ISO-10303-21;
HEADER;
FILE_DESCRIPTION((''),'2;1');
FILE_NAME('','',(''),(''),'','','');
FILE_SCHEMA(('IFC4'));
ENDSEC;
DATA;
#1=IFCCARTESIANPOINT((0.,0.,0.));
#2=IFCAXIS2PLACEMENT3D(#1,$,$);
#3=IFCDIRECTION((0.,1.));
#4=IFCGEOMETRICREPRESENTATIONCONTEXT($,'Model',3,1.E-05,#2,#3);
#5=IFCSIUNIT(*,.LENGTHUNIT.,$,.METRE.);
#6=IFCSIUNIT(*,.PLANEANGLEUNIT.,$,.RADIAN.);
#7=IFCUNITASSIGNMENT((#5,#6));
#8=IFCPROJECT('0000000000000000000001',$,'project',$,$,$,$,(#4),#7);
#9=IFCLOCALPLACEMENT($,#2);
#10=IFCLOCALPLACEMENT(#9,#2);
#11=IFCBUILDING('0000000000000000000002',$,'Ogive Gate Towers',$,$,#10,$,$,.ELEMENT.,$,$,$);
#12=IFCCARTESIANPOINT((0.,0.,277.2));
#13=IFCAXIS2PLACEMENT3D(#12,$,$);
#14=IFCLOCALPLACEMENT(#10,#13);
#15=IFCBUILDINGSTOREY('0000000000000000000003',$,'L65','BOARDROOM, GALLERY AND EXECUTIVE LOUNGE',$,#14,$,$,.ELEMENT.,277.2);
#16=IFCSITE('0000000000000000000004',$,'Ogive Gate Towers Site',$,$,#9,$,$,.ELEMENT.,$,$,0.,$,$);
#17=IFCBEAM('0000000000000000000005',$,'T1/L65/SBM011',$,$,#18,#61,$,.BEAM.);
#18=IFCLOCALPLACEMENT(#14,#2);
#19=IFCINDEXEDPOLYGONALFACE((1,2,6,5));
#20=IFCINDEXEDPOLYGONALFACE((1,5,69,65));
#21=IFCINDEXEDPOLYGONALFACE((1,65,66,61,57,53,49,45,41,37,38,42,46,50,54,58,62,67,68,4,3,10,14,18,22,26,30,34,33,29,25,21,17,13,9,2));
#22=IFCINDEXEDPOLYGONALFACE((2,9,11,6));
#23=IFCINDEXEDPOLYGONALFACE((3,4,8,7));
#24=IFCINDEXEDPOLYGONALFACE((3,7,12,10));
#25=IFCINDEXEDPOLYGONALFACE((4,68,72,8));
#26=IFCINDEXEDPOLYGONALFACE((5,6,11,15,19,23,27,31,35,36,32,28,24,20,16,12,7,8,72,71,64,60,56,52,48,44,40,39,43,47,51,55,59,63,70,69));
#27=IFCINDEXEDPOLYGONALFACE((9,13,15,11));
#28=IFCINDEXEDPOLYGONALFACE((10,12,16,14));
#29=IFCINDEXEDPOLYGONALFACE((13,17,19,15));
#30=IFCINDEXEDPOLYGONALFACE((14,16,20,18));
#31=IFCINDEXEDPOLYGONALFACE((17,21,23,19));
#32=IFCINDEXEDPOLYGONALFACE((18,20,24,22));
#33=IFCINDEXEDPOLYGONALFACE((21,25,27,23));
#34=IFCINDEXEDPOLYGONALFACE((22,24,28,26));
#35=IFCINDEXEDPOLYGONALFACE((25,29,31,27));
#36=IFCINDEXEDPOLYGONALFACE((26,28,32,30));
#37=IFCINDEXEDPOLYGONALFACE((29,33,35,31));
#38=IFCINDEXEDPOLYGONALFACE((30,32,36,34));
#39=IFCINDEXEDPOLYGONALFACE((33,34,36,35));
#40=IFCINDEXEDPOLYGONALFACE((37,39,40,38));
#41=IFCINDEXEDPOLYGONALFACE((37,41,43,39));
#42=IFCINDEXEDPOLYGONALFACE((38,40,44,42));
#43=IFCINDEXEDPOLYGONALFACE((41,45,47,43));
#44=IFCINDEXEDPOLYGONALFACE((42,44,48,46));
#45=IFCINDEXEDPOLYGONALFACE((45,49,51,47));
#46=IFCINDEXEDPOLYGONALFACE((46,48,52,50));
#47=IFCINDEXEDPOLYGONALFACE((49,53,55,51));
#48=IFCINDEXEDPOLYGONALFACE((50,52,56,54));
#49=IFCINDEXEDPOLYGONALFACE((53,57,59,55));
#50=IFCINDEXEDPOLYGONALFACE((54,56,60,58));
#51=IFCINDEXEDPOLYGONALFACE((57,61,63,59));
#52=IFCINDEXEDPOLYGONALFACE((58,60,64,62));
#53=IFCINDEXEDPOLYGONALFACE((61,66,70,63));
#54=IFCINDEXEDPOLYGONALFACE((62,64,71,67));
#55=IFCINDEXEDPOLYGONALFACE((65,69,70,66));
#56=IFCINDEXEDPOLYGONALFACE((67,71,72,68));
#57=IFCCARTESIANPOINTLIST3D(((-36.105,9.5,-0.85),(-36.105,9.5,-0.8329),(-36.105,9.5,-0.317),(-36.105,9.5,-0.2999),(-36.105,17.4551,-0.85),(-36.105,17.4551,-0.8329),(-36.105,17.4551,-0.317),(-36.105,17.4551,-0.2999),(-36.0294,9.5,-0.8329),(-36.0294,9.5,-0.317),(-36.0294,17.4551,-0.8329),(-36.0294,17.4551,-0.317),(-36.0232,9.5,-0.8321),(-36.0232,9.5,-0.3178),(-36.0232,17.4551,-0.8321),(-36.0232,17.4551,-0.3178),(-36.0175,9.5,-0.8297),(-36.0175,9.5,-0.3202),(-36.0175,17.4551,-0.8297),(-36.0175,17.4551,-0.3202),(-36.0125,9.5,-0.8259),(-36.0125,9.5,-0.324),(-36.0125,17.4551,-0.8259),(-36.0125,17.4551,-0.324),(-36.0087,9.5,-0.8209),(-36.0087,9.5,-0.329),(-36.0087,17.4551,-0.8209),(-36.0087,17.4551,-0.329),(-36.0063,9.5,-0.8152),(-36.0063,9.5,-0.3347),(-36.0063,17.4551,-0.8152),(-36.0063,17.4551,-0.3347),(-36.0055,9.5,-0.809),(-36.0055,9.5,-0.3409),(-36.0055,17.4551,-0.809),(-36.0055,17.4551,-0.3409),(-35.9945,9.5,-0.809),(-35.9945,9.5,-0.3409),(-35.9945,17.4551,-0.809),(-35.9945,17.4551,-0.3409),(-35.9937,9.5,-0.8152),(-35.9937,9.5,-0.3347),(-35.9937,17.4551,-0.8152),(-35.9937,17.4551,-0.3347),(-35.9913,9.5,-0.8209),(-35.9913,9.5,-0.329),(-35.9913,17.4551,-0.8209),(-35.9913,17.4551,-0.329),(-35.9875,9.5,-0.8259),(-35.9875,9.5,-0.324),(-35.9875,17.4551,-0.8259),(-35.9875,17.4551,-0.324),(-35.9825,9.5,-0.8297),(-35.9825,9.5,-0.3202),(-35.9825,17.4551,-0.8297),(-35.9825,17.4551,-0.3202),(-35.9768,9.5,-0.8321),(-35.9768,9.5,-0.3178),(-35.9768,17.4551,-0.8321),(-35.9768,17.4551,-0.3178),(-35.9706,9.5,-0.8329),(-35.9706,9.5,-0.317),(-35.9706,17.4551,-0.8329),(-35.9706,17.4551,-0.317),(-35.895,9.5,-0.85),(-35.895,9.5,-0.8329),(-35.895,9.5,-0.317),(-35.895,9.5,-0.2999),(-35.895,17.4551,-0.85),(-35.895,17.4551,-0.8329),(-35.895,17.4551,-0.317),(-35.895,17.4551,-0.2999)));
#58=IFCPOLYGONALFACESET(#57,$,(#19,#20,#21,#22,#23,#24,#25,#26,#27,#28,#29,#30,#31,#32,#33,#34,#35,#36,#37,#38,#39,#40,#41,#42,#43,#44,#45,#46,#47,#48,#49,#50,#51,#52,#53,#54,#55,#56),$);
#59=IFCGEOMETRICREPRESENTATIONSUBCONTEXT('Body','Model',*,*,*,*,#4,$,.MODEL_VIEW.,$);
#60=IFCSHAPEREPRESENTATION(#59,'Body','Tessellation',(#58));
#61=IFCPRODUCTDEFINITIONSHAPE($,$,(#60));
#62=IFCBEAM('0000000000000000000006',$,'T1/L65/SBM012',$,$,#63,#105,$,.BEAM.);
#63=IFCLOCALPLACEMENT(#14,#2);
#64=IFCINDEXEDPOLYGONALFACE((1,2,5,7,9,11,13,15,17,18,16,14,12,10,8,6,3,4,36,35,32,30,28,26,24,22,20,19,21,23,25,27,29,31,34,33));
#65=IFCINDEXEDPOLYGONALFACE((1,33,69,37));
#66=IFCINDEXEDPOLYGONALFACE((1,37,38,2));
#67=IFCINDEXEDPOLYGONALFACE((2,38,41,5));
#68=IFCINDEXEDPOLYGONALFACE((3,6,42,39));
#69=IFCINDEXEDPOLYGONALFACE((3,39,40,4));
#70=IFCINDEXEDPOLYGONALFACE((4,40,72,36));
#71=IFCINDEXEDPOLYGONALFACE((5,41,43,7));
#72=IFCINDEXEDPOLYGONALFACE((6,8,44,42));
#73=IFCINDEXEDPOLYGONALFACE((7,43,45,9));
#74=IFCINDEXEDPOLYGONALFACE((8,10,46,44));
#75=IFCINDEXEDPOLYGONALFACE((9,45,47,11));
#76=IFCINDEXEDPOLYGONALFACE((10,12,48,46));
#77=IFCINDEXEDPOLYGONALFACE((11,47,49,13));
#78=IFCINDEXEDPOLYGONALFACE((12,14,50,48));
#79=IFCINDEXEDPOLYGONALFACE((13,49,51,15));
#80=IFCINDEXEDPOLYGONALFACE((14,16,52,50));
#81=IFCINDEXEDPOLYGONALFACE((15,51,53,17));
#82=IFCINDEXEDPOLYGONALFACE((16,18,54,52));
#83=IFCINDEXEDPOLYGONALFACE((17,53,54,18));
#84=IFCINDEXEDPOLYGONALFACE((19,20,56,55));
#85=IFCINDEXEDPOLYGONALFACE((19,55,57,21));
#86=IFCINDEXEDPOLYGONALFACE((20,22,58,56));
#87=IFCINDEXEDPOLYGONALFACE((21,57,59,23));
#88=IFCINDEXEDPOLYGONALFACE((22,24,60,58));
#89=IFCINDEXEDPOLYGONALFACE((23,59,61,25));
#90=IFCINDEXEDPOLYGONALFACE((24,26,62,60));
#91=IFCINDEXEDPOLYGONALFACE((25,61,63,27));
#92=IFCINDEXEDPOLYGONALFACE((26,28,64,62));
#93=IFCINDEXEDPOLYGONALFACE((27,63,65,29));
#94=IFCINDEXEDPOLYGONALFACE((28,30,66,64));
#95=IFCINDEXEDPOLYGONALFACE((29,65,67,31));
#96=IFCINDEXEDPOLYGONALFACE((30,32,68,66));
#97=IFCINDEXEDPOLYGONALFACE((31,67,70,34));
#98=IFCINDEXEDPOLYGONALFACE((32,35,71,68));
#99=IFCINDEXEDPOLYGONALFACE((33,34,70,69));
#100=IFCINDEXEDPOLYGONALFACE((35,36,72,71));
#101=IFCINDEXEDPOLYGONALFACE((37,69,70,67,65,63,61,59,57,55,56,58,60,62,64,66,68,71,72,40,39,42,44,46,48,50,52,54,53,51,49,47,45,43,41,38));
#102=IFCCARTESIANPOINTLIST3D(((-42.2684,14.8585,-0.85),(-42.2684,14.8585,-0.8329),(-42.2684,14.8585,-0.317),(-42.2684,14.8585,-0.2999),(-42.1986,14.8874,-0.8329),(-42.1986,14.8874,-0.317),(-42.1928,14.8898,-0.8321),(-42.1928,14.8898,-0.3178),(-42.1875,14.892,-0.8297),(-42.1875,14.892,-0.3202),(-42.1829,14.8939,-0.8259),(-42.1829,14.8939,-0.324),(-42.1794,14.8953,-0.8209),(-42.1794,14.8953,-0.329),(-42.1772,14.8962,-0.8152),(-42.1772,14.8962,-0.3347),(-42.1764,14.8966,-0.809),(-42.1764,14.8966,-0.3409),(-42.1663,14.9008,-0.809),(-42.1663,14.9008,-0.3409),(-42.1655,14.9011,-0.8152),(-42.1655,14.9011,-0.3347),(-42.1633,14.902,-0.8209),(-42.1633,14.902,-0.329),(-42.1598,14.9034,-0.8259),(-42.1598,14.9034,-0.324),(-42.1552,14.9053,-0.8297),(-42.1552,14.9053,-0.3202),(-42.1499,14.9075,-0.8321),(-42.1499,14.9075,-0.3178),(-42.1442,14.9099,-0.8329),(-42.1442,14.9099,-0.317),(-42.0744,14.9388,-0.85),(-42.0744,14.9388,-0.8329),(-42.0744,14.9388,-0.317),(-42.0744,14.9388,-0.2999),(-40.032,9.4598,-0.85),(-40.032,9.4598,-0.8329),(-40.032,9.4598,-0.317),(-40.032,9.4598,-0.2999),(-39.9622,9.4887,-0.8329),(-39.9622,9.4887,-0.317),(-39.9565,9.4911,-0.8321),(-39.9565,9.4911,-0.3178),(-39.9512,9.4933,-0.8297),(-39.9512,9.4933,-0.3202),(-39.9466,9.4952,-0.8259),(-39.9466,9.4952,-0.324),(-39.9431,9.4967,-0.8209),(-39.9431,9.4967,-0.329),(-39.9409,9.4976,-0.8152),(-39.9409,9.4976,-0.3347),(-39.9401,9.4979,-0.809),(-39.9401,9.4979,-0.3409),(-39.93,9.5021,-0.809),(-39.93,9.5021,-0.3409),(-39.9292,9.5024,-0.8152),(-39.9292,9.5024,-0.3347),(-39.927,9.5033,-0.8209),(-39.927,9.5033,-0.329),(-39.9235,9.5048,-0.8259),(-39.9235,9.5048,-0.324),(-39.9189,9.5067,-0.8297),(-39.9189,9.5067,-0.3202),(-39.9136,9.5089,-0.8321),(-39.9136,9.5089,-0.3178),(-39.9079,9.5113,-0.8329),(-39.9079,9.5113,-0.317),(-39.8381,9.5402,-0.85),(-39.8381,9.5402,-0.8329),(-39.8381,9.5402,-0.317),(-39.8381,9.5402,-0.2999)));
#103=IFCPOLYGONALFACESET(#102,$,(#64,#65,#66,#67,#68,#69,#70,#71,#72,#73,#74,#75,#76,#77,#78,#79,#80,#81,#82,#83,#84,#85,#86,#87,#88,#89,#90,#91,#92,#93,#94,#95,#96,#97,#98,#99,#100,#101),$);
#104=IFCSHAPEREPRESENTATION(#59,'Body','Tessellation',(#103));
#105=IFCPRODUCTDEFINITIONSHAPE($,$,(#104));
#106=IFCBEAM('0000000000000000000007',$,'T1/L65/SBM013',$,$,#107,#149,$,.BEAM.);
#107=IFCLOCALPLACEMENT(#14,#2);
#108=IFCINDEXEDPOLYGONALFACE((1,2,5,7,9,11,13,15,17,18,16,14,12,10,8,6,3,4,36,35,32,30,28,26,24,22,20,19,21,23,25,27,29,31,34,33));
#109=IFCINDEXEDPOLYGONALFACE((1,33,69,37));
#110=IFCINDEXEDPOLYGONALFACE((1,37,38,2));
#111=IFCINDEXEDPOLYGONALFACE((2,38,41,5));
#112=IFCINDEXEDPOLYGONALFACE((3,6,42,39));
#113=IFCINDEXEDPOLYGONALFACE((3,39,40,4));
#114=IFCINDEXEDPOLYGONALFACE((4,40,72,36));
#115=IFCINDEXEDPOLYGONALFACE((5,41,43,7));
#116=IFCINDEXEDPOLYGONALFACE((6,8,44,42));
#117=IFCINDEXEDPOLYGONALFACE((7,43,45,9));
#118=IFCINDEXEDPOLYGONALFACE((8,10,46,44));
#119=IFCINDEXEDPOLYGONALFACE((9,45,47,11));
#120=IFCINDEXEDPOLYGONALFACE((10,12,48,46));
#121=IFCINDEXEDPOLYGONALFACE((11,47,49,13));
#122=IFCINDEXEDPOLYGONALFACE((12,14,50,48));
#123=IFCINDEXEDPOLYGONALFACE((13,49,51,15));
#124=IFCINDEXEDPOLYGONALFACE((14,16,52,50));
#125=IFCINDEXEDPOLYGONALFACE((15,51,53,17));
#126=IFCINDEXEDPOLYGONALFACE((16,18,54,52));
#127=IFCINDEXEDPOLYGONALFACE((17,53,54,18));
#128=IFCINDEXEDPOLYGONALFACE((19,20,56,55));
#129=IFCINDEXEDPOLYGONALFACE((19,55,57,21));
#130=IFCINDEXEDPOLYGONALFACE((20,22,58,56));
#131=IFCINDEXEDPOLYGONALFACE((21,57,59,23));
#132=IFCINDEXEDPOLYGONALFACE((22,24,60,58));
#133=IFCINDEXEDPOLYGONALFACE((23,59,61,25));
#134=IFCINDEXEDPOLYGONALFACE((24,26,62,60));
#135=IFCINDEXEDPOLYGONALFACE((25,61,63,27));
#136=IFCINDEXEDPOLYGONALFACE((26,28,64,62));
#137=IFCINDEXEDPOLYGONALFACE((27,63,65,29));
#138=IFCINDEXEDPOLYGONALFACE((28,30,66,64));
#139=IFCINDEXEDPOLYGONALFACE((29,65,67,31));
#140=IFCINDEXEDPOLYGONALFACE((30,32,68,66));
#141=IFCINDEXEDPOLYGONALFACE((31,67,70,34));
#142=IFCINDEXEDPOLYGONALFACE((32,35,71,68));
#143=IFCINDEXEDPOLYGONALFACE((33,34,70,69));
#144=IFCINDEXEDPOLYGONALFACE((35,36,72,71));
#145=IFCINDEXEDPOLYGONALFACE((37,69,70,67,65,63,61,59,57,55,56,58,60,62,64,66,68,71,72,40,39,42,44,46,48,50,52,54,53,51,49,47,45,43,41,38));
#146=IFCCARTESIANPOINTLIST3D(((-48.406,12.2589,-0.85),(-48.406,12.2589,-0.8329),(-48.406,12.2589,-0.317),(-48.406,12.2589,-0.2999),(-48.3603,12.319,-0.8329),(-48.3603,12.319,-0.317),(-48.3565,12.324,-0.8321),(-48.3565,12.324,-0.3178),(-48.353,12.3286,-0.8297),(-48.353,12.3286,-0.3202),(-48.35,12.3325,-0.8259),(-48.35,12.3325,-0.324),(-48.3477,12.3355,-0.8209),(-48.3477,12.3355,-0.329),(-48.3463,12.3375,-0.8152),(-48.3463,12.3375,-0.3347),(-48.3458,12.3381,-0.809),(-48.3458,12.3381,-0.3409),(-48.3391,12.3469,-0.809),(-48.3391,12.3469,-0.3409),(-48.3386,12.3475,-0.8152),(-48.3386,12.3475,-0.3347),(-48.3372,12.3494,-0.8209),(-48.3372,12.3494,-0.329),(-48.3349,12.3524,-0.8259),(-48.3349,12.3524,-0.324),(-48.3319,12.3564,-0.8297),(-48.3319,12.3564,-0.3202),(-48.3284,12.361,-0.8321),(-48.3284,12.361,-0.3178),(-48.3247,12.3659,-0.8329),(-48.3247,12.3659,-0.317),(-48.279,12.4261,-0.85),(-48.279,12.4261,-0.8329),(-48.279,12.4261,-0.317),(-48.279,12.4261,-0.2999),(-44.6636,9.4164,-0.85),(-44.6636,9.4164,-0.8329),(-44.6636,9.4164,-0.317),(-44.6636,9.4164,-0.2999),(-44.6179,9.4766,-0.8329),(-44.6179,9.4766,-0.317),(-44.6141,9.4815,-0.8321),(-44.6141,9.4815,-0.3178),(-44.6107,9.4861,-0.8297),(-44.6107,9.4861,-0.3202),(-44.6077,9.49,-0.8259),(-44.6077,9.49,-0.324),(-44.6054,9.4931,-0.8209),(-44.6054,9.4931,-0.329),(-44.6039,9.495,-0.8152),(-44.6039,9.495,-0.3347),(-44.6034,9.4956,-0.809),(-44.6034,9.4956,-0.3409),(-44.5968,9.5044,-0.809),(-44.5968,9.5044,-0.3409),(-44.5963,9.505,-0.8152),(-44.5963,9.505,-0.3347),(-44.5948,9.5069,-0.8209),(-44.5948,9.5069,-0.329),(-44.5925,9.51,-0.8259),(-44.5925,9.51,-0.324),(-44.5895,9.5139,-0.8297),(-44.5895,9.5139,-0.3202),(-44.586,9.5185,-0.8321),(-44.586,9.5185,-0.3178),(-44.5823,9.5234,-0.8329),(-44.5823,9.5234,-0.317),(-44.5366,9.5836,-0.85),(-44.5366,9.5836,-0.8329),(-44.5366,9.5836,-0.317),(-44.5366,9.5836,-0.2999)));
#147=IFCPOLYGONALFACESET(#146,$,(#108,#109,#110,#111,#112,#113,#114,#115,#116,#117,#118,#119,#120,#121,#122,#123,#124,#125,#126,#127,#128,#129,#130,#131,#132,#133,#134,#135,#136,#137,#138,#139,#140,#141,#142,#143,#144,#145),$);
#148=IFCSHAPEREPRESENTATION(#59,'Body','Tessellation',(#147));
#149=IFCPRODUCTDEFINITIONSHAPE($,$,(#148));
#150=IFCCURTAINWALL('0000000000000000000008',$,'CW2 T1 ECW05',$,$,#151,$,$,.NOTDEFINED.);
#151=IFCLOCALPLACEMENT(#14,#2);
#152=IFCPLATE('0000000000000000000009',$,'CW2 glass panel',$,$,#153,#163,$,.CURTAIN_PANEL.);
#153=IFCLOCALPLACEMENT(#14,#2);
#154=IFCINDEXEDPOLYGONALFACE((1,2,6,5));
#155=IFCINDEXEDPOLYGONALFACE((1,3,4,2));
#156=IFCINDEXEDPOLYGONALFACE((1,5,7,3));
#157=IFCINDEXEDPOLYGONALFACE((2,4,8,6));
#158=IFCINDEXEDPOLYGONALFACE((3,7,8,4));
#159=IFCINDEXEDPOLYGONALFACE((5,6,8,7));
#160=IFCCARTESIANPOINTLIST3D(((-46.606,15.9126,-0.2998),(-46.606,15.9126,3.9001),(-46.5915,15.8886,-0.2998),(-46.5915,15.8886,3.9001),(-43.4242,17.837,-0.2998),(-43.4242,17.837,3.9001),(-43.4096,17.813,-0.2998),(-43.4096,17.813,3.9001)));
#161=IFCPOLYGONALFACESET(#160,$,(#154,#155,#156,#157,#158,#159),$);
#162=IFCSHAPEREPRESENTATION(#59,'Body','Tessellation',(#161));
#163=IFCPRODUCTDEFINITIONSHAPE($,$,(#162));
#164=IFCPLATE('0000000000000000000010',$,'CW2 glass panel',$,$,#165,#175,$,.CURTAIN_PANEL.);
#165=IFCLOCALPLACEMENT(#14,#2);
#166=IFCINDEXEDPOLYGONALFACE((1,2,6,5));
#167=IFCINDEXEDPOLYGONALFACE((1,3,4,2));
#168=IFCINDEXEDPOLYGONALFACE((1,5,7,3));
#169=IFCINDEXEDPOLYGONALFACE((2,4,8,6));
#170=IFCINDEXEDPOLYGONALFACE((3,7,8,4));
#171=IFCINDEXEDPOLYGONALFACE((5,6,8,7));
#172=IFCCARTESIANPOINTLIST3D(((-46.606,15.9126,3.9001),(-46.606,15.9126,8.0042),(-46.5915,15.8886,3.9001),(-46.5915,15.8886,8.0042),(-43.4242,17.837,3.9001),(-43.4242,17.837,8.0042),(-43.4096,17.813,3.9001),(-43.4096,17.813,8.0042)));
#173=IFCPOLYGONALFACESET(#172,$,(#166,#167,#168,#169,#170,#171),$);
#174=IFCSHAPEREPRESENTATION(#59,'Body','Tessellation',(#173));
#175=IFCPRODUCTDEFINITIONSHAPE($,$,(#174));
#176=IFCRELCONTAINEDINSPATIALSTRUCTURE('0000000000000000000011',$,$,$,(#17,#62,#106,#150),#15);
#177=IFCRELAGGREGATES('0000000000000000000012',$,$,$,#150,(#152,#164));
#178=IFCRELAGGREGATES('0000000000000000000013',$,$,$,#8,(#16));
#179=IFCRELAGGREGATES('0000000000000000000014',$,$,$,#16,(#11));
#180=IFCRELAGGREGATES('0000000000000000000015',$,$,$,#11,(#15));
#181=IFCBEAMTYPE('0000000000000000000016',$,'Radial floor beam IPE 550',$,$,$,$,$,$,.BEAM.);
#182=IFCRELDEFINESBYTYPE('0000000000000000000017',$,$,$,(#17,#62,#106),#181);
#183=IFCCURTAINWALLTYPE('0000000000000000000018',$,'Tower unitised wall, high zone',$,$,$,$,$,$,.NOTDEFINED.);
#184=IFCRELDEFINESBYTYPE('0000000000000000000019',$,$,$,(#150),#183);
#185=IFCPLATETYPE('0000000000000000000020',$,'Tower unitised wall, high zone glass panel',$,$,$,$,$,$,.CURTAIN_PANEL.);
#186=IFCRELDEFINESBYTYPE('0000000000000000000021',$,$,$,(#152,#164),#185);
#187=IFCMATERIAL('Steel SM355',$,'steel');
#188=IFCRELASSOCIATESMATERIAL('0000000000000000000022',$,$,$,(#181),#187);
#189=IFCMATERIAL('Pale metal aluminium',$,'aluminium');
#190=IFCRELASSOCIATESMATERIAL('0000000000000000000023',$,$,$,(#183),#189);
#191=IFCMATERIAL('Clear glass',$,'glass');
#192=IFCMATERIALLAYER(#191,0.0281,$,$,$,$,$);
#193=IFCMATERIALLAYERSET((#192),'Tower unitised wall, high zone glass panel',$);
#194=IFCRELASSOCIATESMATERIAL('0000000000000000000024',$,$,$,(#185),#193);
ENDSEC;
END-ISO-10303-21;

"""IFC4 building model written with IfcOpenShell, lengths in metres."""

from ifc_helpers import new_model, si_unit, direction, frame, origin, origin_2d, place, context, subcontext, project, spatial, rectangle, i_section, extrude, material, layer, layer_set, material_profile, profile_set, type_object, element, aggregate, save


model = new_model("IFC4")

# Units and contexts
model_context = context("Model", 3, precision=1e-05, world=origin(), true_north=direction((0.0, 1.0)))
body_context = subcontext(model_context, "Body", "Model", "MODEL_VIEW")
ifc_project = project(units=[si_unit("LENGTHUNIT", "METRE"), si_unit("PLANEANGLEUNIT", "RADIAN")], contexts=[model_context])

# Site, building, storey
site_placement = place(None, origin())
site = spatial("IfcSite", under=ifc_project, at=site_placement, Name="Ogive Gate Towers Site", CompositionType="ELEMENT", RefElevation=0.0)
building_placement = place(site_placement, origin())
building = spatial("IfcBuilding", under=site, at=building_placement, Name="Ogive Gate Towers", CompositionType="ELEMENT")
storey_placement = place(building_placement, frame((0.0, 0.0, 277.2)))
storey = spatial("IfcBuildingStorey", under=building, at=storey_placement, Name="L65", Description="BOARDROOM, GALLERY AND EXECUTIVE LOUNGE", CompositionType="ELEMENT", Elevation=277.2)

# Beams
ifc_material_1 = material(Name="Steel SM355", Category="steel")
ifc_material_profile = material_profile(ifc_material_1, i_section(OverallWidth=0.21, OverallDepth=0.55, WebThickness=0.011, FlangeThickness=0.0171, FilletRadius=0.0239, at=origin_2d()), Name="IPE 550")
ifc_profile_set = profile_set([ifc_material_profile], Name="Steel SM355")
beam_type = type_object("IfcBeamType", Name="Radial floor beam IPE 550", PredefinedType="BEAM", material=ifc_profile_set)
beam_1_placement = place(storey_placement, frame((-36.0, 9.5, -0.575), z_axis=(0.0, 1.0, 0.0), x_axis=(-1.0, 0.0, 0.0)))
element("IfcBeam", 1, at=beam_1_placement, inside=storey, type_object=beam_type, Name="T1/L65/SBM011", PredefinedType="BEAM", context=body_context, shape_type="SweptSolid", body=[
    extrude(i_section(OverallWidth=0.21, OverallDepth=0.55, WebThickness=0.011, FlangeThickness=0.0171, FilletRadius=0.0239, at=origin_2d()), origin(), (0.0, 0.0, 1.0), 7.9551),
])
beam_2_placement = place(storey_placement, frame((-39.9351, 9.5, -0.575), z_axis=(-0.382701, 0.923872, 0.0), x_axis=(-0.923872, -0.382701, 0.0)))
element("IfcBeam", 2, at=beam_2_placement, inside=storey, type_object=beam_type, Name="T1/L65/SBM012", PredefinedType="BEAM", context=body_context, shape_type="SweptSolid", body=[
    extrude(i_section(OverallWidth=0.21, OverallDepth=0.55, WebThickness=0.011, FlangeThickness=0.0171, FilletRadius=0.0239, at=origin_2d()), origin(), (0.0, 0.0, 1.0), 5.8435),
])
beam_3_placement = place(storey_placement, frame((-44.6001, 9.5, -0.575), z_axis=(-0.796338, 0.604851, 0.0), x_axis=(-0.604851, -0.796338, 0.0)))
element("IfcBeam", 3, at=beam_3_placement, inside=storey, type_object=beam_type, Name="T1/L65/SBM013", PredefinedType="BEAM", context=body_context, shape_type="SweptSolid", body=[
    extrude(i_section(OverallWidth=0.21, OverallDepth=0.55, WebThickness=0.011, FlangeThickness=0.0171, FilletRadius=0.0239, at=origin_2d()), origin(), (0.0, 0.0, 1.0), 4.6995),
])

# Curtain wall, plates
ifc_material_2 = material(Name="Pale metal aluminium", Category="aluminium")
curtain_wall_type = type_object("IfcCurtainWallType", Name="Tower unitised wall, high zone", PredefinedType="NOTDEFINED", material=ifc_material_2)
curtain_wall_placement = place(storey_placement, origin())
curtain_wall = element("IfcCurtainWall", 4, at=curtain_wall_placement, inside=storey, type_object=curtain_wall_type, Name="CW2 T1 ECW05", PredefinedType="NOTDEFINED")
ifc_material_3 = material(Name="Clear glass", Category="glass")
ifc_layer_1 = layer(ifc_material_3, 0.0281)
ifc_layer_set_1 = layer_set([ifc_layer_1], Name="Tower unitised wall, high zone glass panel")
plate_type = type_object("IfcPlateType", Name="Tower unitised wall, high zone glass panel", PredefinedType="CURTAIN_PANEL", material=ifc_layer_set_1)
plate_1_placement = place(storey_placement, frame((-45.0078, 16.8628, -0.2998), z_axis=(0.0, 0.0, 1.0), x_axis=(0.855672, 0.517519, 0.0)))
plate_1 = element("IfcPlate", 5, at=plate_1_placement, type_object=plate_type, Name="CW2 glass panel", PredefinedType="CURTAIN_PANEL", context=body_context, shape_type="SweptSolid", body=[
    extrude(rectangle(XDim=3.7185, YDim=0.0281, at=origin_2d()), origin(), (0.0, 0.0, 1.0), 4.2),
])
plate_2_placement = place(storey_placement, frame((-45.0078, 16.8628, 3.9001), z_axis=(0.0, 0.0, 1.0), x_axis=(0.855672, 0.517519, 0.0)))
plate_2 = element("IfcPlate", 6, at=plate_2_placement, type_object=plate_type, Name="CW2 glass panel", PredefinedType="CURTAIN_PANEL", context=body_context, shape_type="SweptSolid", body=[
    extrude(rectangle(XDim=3.7185, YDim=0.0281, at=origin_2d()), origin(), (0.0, 0.0, 1.0), 4.104),
])
aggregate(curtain_wall, [plate_1, plate_2])

save(model, "model.ifc")
